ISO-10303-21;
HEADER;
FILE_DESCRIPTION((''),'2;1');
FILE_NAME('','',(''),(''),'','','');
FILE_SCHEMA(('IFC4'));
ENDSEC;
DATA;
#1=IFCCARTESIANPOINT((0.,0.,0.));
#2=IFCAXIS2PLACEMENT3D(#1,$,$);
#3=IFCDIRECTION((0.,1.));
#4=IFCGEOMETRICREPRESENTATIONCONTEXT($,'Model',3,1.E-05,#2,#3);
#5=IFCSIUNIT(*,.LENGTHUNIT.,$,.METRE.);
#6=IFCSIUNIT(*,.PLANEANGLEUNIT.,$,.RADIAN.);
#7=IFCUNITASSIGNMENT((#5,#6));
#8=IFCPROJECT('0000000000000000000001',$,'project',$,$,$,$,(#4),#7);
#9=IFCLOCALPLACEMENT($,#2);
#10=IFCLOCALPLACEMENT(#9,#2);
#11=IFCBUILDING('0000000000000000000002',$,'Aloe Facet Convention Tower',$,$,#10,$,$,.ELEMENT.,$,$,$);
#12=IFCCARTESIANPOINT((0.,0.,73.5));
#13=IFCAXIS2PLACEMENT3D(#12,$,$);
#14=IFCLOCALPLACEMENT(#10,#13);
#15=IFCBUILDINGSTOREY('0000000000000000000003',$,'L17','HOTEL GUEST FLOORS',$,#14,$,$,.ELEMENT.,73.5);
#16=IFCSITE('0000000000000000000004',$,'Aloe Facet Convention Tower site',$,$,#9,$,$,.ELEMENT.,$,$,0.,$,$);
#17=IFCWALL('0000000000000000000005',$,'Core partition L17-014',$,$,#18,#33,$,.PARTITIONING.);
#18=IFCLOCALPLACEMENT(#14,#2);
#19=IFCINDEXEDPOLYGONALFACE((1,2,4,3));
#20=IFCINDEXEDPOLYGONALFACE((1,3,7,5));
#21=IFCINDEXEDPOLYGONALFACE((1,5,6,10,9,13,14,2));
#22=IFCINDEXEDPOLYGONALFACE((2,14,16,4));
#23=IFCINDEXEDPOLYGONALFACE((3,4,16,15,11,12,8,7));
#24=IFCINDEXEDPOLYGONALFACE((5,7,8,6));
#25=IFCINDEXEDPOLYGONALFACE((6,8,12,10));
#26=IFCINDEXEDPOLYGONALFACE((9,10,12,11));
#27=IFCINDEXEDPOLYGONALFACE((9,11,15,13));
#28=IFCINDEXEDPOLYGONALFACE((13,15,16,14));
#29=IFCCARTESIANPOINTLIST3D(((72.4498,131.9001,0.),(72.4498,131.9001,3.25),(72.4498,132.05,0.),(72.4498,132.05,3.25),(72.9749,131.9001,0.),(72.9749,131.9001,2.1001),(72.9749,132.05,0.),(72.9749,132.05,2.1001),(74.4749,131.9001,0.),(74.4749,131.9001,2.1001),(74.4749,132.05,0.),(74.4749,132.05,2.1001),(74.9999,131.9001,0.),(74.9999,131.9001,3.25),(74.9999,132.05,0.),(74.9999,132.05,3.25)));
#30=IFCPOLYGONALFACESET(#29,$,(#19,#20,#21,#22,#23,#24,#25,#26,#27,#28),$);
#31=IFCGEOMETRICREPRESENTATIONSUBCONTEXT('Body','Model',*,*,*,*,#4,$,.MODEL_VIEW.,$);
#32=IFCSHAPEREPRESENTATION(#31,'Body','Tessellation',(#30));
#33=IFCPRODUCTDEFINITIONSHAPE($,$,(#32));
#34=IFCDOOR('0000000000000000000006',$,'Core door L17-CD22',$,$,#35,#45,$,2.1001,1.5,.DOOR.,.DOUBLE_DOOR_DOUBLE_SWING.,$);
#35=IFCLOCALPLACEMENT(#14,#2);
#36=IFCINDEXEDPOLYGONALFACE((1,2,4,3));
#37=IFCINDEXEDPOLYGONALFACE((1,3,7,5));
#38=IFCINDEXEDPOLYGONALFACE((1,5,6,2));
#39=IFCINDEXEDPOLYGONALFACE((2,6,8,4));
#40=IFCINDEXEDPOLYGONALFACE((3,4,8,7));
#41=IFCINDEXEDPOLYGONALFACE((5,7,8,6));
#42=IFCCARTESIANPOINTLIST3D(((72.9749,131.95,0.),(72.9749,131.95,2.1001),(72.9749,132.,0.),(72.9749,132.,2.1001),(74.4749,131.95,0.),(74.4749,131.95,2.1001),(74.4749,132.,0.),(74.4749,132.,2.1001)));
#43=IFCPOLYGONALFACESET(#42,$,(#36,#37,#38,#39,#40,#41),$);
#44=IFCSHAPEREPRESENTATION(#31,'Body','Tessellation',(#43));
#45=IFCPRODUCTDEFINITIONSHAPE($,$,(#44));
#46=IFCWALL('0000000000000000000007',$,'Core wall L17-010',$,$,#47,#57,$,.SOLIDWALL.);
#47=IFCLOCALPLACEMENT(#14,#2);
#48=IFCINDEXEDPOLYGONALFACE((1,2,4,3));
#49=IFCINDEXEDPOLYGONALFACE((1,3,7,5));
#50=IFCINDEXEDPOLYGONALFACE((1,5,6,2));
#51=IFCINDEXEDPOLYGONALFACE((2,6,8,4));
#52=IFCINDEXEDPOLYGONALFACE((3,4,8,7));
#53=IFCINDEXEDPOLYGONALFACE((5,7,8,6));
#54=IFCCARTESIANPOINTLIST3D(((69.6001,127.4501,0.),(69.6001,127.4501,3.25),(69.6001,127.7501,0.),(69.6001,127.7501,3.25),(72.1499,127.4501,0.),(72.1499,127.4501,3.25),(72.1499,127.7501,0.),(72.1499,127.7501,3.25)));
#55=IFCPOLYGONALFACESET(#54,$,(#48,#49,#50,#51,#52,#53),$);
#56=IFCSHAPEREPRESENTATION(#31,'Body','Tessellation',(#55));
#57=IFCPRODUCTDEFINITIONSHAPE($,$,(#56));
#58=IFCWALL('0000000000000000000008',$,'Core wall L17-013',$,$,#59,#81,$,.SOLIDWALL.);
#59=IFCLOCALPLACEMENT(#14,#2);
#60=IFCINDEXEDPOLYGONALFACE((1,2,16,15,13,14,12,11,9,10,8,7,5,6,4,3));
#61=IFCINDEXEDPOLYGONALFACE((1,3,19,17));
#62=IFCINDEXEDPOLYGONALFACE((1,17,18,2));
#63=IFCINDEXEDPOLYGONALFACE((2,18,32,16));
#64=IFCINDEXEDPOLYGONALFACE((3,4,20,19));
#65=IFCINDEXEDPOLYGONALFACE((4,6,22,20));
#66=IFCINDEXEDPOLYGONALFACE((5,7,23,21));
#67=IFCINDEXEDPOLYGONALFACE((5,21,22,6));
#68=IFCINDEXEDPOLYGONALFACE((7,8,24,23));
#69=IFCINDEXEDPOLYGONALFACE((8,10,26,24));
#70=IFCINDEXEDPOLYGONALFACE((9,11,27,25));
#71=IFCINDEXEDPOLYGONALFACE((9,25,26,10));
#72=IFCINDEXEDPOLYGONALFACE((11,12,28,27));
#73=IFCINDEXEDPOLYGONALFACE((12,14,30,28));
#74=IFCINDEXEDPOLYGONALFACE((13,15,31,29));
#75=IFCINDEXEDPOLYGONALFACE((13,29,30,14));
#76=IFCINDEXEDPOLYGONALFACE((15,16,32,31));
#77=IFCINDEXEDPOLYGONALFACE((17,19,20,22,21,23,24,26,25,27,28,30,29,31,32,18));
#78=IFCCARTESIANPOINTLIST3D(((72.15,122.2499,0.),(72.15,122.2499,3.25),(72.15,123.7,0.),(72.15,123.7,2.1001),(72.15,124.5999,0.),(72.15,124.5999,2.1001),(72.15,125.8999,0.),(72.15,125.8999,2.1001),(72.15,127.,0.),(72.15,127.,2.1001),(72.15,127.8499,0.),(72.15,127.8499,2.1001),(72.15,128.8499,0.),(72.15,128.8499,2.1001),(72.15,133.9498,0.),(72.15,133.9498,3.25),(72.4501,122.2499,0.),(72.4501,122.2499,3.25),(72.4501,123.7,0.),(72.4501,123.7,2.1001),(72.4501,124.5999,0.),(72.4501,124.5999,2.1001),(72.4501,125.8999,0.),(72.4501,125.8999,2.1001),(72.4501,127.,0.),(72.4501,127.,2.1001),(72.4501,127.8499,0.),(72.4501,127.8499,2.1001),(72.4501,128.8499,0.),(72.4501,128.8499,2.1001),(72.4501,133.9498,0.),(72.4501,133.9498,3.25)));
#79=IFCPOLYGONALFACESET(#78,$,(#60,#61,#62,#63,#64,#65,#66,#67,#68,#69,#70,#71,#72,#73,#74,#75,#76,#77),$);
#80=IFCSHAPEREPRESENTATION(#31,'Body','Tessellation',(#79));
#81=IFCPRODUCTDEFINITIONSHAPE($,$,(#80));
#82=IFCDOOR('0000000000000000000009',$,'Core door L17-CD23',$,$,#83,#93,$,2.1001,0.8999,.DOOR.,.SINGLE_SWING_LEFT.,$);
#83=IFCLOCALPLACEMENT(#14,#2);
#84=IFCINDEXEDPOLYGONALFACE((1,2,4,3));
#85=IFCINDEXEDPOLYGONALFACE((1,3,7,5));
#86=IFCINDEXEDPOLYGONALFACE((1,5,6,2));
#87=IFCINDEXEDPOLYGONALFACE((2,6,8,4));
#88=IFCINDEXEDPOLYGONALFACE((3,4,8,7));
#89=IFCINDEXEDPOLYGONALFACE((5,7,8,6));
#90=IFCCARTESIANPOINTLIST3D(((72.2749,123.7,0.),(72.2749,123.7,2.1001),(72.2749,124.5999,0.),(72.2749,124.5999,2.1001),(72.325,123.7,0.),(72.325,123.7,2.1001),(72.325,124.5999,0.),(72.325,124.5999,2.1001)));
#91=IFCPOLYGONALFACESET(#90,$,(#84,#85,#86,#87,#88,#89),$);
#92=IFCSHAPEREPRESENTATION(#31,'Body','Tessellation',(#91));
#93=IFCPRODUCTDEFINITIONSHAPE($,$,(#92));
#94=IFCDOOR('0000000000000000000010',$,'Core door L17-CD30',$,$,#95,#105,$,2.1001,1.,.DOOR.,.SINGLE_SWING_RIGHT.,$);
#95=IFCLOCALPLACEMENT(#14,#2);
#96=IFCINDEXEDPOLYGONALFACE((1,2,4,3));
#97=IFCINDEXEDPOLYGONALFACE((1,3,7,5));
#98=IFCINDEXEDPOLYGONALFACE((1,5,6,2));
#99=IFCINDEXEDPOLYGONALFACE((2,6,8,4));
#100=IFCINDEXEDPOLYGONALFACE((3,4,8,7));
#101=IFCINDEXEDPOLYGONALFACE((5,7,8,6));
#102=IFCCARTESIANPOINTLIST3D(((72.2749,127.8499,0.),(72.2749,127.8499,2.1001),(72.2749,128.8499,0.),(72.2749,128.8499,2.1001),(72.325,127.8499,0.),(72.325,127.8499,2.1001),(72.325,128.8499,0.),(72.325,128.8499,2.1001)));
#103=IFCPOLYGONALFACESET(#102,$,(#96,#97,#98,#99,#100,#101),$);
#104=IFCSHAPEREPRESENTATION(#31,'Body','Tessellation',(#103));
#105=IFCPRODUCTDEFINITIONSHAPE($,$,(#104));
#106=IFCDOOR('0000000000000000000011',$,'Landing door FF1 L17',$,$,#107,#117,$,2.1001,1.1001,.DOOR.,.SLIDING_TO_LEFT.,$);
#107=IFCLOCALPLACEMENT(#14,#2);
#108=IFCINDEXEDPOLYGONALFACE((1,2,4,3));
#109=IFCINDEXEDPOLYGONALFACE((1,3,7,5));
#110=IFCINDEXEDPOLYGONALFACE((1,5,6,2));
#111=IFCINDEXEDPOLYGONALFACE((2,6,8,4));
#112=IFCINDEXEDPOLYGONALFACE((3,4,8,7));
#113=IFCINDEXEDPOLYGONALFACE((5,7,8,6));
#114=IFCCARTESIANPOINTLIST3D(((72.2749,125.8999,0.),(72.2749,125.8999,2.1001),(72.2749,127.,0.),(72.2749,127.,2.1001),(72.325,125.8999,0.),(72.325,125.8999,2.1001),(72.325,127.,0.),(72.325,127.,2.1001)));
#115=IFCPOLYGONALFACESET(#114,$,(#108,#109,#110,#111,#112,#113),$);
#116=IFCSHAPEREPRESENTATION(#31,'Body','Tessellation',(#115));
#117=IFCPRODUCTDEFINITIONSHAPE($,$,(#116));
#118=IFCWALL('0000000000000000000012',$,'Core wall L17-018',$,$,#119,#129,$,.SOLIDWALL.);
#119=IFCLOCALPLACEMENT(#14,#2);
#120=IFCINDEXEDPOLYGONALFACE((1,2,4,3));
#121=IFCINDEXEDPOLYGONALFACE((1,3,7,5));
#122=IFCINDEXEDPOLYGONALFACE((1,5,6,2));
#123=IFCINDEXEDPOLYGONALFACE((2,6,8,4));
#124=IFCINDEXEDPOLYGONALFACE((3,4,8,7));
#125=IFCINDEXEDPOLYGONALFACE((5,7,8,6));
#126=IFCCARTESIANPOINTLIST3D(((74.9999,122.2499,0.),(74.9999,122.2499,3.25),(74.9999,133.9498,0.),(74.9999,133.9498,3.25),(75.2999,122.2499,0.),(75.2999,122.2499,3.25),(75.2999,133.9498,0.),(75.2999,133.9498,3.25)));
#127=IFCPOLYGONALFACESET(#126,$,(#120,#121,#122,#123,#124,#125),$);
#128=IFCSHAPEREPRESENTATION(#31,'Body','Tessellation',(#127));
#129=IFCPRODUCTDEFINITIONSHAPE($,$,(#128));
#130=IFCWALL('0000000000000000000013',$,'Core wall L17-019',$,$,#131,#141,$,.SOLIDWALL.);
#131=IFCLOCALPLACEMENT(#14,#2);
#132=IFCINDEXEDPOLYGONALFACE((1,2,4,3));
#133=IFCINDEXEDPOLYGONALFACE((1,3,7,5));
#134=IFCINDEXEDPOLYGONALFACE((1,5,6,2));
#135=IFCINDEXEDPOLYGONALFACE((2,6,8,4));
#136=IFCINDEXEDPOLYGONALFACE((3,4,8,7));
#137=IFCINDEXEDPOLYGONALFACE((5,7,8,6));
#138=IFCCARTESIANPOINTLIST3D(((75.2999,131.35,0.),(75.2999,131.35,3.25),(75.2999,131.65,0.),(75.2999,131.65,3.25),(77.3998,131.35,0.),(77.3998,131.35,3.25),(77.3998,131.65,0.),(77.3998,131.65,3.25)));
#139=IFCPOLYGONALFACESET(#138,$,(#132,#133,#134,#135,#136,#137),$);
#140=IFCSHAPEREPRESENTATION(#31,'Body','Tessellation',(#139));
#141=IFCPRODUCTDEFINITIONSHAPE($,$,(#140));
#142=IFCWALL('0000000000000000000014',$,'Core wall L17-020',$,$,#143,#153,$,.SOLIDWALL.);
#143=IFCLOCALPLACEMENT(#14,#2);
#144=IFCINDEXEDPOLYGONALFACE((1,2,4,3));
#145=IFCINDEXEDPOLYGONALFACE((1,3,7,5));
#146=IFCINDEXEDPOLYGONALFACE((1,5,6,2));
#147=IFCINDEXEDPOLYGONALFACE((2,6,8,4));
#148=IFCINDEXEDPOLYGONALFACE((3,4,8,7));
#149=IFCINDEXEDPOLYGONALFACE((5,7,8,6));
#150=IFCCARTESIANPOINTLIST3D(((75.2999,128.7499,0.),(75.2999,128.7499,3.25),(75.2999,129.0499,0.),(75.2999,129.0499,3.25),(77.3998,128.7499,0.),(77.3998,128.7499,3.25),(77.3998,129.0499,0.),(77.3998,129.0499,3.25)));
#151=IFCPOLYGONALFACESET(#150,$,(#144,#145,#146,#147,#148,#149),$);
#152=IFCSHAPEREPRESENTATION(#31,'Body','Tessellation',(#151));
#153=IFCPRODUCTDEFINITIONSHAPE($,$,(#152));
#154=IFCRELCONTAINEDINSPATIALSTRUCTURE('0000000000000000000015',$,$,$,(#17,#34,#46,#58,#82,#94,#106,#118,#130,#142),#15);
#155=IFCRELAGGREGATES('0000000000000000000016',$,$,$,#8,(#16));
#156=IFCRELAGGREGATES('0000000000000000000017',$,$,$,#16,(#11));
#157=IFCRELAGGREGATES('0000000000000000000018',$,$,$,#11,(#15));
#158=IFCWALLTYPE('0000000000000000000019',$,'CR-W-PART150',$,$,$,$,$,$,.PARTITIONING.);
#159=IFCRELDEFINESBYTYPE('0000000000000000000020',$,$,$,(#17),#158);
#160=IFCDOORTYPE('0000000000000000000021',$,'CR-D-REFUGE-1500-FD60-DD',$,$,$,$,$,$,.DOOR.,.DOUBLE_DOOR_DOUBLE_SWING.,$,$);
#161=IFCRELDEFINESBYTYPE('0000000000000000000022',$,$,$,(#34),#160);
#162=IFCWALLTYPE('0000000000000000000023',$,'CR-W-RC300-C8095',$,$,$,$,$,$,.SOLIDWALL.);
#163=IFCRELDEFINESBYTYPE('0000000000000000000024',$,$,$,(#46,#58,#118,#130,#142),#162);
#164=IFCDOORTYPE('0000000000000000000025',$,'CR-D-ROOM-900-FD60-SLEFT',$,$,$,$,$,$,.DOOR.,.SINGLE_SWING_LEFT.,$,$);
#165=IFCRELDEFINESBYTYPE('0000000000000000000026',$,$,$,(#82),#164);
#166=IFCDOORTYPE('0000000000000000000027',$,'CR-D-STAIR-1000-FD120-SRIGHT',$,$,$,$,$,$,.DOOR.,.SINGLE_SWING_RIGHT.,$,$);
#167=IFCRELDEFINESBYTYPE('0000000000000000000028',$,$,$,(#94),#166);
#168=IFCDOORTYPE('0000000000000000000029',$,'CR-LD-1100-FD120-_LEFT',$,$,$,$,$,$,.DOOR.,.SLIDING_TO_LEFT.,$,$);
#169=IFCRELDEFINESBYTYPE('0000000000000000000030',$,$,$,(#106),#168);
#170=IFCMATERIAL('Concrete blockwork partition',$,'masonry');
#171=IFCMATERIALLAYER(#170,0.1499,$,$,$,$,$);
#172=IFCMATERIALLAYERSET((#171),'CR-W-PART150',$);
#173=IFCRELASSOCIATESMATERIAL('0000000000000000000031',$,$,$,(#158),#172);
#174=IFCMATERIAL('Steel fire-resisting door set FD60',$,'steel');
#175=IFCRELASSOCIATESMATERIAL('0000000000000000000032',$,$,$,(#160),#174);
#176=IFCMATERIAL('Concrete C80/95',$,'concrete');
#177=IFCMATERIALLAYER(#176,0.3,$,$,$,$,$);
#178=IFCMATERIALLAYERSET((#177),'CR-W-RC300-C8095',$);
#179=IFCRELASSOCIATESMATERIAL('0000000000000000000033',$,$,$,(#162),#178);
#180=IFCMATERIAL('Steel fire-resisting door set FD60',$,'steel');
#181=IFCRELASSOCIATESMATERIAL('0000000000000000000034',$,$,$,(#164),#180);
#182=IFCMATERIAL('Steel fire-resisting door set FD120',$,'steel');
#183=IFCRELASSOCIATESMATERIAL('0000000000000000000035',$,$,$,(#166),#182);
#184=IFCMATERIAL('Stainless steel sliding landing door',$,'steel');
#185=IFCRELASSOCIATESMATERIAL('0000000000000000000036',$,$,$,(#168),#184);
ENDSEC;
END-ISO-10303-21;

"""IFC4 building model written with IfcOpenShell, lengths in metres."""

from ifc_helpers import new_model, si_unit, direction, frame, frame_2d, origin, place, context, subcontext, project, spatial, rectangle, extrude, material, layer, layer_set, type_object, element, fill, save


model = new_model("IFC4")

# Units and contexts
model_context = context("Model", 3, precision=1e-05, world=origin(), true_north=direction((0.0, 1.0)))
body_context = subcontext(model_context, "Body", "Model", "MODEL_VIEW")
ifc_project = project(units=[si_unit("LENGTHUNIT", "METRE"), si_unit("PLANEANGLEUNIT", "RADIAN")], contexts=[model_context])

# Site, building, storey
site_placement = place(None, origin())
site = spatial("IfcSite", under=ifc_project, at=site_placement, Name="Aloe Facet Convention Tower site", CompositionType="ELEMENT", RefElevation=0.0)
building_placement = place(site_placement, origin())
building = spatial("IfcBuilding", under=site, at=building_placement, Name="Aloe Facet Convention Tower", CompositionType="ELEMENT")
storey_placement = place(building_placement, frame((0.0, 0.0, 73.5)))
storey = spatial("IfcBuildingStorey", under=building, at=storey_placement, Name="L17", Description="HOTEL GUEST FLOORS", CompositionType="ELEMENT", Elevation=73.5)

# Wall, opening, door
ifc_material_1 = material(Name="Concrete blockwork partition", Category="masonry")
ifc_layer_1 = layer(ifc_material_1, 0.1499)
ifc_layer_set_1 = layer_set([ifc_layer_1], Name="CR-W-PART150")
wall_type_1 = type_object("IfcWallType", Name="CR-W-PART150", PredefinedType="PARTITIONING", material=ifc_layer_set_1)
wall_1_placement = place(storey_placement, frame((72.45, 131.9751, 0.0), z_axis=(0.0, 0.0, 1.0), x_axis=(1.0, 0.0, 0.0)))
wall_1 = element("IfcWall", 1, at=wall_1_placement, inside=storey, type_object=wall_type_1, Name="Core partition L17-014", PredefinedType="PARTITIONING", context=body_context, shape_type="SweptSolid", body=[
    extrude(rectangle(XDim=2.55, YDim=0.1499, at=frame_2d((1.2749, 0.0))), origin(), (0.0, 0.0, 1.0), 3.25),
])
opening_1_placement = place(wall_1_placement, frame((0.5249, 0.0, 0.0)))
opening_1 = element("IfcOpeningElement", 2, at=opening_1_placement, cuts=wall_1, PredefinedType="OPENING", context=body_context, shape_type="SweptSolid", body=[
    extrude(rectangle(XDim=1.5, YDim=2.1001, at=frame_2d((0.75, 1.05))), frame((0.0, 0.085, 0.0), z_axis=(0.0, -1.0, 0.0), x_axis=(1.0, 0.0, 0.0)), (0.0, 0.0, 1.0), 0.1699),
])
ifc_material_2 = material(Name="Steel fire-resisting door set FD60", Category="steel")
door_type_1 = type_object("IfcDoorType", Name="CR-D-REFUGE-1500-FD60-DD", OperationType="DOUBLE_DOOR_DOUBLE_SWING", PredefinedType="DOOR", material=ifc_material_2)
door_1_placement = place(opening_1_placement, origin())
door_1 = element("IfcDoor", 3, at=door_1_placement, inside=storey, type_object=door_type_1, Name="Core door L17-CD22", OperationType="DOUBLE_DOOR_DOUBLE_SWING", OverallHeight=2.1001, OverallWidth=1.5, PredefinedType="DOOR", context=body_context, shape_type="SweptSolid", body=[
    extrude(rectangle(XDim=1.5, YDim=2.1001, at=frame_2d((0.75, 1.05))), frame((0.0, 0.0249, 0.0), z_axis=(0.0, -1.0, 0.0), x_axis=(1.0, 0.0, 0.0)), (0.0, 0.0, 1.0), 0.05),
])
fill(opening_1, door_1)

# Wall
ifc_material_3 = material(Name="Concrete C80/95", Category="concrete")
ifc_layer_2 = layer(ifc_material_3, 0.3)
ifc_layer_set_2 = layer_set([ifc_layer_2], Name="CR-W-RC300-C8095")
wall_type_2 = type_object("IfcWallType", Name="CR-W-RC300-C8095", PredefinedType="SOLIDWALL", material=ifc_layer_set_2)
wall_2_placement = place(storey_placement, frame((69.6001, 127.6001, 0.0), z_axis=(0.0, 0.0, 1.0), x_axis=(1.0, 0.0, 0.0)))
element("IfcWall", 4, at=wall_2_placement, inside=storey, type_object=wall_type_2, Name="Core wall L17-010", PredefinedType="SOLIDWALL", context=body_context, shape_type="SweptSolid", body=[
    extrude(rectangle(XDim=2.5498, YDim=0.3, at=frame_2d((1.2749, 0.0))), origin(), (0.0, 0.0, 1.0), 3.25),
])

# Wall, openings, doors
wall_3_placement = place(storey_placement, frame((72.3, 133.95, 0.0), z_axis=(0.0, 0.0, 1.0), x_axis=(0.0, -1.0, 0.0)))
wall_3 = element("IfcWall", 5, at=wall_3_placement, inside=storey, type_object=wall_type_2, Name="Core wall L17-013", PredefinedType="SOLIDWALL", context=body_context, shape_type="SweptSolid", body=[
    extrude(rectangle(XDim=11.7, YDim=0.3, at=frame_2d((5.8501, 0.0))), origin(), (0.0, 0.0, 1.0), 3.25),
])
opening_2_placement = place(wall_3_placement, frame((6.95, 0.0, 0.0)))
opening_2 = element("IfcOpeningElement", 6, at=opening_2_placement, cuts=wall_3, PredefinedType="OPENING", context=body_context, shape_type="SweptSolid", body=[
    extrude(rectangle(XDim=1.1001, YDim=2.1001, at=frame_2d((0.55, 1.05))), frame((0.0, 0.1602, 0.0), z_axis=(0.0, -1.0, 0.0), x_axis=(1.0, 0.0, 0.0)), (0.0, 0.0, 1.0), 0.3201),
])
opening_3_placement = place(wall_3_placement, frame((9.3501, 0.0, 0.0)))
opening_3 = element("IfcOpeningElement", 7, at=opening_3_placement, cuts=wall_3, PredefinedType="OPENING", context=body_context, shape_type="SweptSolid", body=[
    extrude(rectangle(XDim=0.8999, YDim=2.1001, at=frame_2d((0.45, 1.05))), frame((0.0, 0.1602, 0.0), z_axis=(0.0, -1.0, 0.0), x_axis=(1.0, 0.0, 0.0)), (0.0, 0.0, 1.0), 0.3201),
])
opening_4_placement = place(wall_3_placement, frame((5.1001, 0.0, 0.0)))
opening_4 = element("IfcOpeningElement", 8, at=opening_4_placement, cuts=wall_3, PredefinedType="OPENING", context=body_context, shape_type="SweptSolid", body=[
    extrude(rectangle(XDim=1.0, YDim=2.1001, at=frame_2d((0.5, 1.05))), frame((0.0, 0.1602, 0.0), z_axis=(0.0, -1.0, 0.0), x_axis=(1.0, 0.0, 0.0)), (0.0, 0.0, 1.0), 0.3201),
])
ifc_material_4 = material(Name="Steel fire-resisting door set FD60", Category="steel")
door_type_2 = type_object("IfcDoorType", Name="CR-D-ROOM-900-FD60-SLEFT", OperationType="SINGLE_SWING_LEFT", PredefinedType="DOOR", material=ifc_material_4)
door_2_placement = place(opening_3_placement, origin())
door_2 = element("IfcDoor", 9, at=door_2_placement, inside=storey, type_object=door_type_2, Name="Core door L17-CD23", OperationType="SINGLE_SWING_LEFT", OverallHeight=2.1001, OverallWidth=0.8999, PredefinedType="DOOR", context=body_context, shape_type="SweptSolid", body=[
    extrude(rectangle(XDim=0.8999, YDim=2.1001, at=frame_2d((0.45, 1.05))), frame((0.0, 0.0249, 0.0), z_axis=(0.0, -1.0, 0.0), x_axis=(1.0, 0.0, 0.0)), (0.0, 0.0, 1.0), 0.05),
])
fill(opening_3, door_2)
ifc_material_5 = material(Name="Steel fire-resisting door set FD120", Category="steel")
door_type_3 = type_object("IfcDoorType", Name="CR-D-STAIR-1000-FD120-SRIGHT", OperationType="SINGLE_SWING_RIGHT", PredefinedType="DOOR", material=ifc_material_5)
door_3_placement = place(opening_4_placement, origin())
door_3 = element("IfcDoor", 10, at=door_3_placement, inside=storey, type_object=door_type_3, Name="Core door L17-CD30", OperationType="SINGLE_SWING_RIGHT", OverallHeight=2.1001, OverallWidth=1.0, PredefinedType="DOOR", context=body_context, shape_type="SweptSolid", body=[
    extrude(rectangle(XDim=1.0, YDim=2.1001, at=frame_2d((0.5, 1.05))), frame((0.0, 0.0249, 0.0), z_axis=(0.0, -1.0, 0.0), x_axis=(1.0, 0.0, 0.0)), (0.0, 0.0, 1.0), 0.05),
])
fill(opening_4, door_3)
ifc_material_6 = material(Name="Stainless steel sliding landing door", Category="steel")
door_type_4 = type_object("IfcDoorType", Name="CR-LD-1100-FD120-_LEFT", OperationType="SLIDING_TO_LEFT", PredefinedType="DOOR", material=ifc_material_6)
door_4_placement = place(opening_2_placement, origin())
door_4 = element("IfcDoor", 11, at=door_4_placement, inside=storey, type_object=door_type_4, Name="Landing door FF1 L17", OperationType="SLIDING_TO_LEFT", OverallHeight=2.1001, OverallWidth=1.1001, PredefinedType="DOOR", context=body_context, shape_type="SweptSolid", body=[
    extrude(rectangle(XDim=1.1001, YDim=2.1001, at=frame_2d((0.55, 1.05))), frame((0.0, 0.0249, 0.0), z_axis=(0.0, -1.0, 0.0), x_axis=(1.0, 0.0, 0.0)), (0.0, 0.0, 1.0), 0.05),
])
fill(opening_2, door_4)

# Walls
wall_4_placement = place(storey_placement, frame((75.1499, 133.95, 0.0), z_axis=(0.0, 0.0, 1.0), x_axis=(0.0, -1.0, 0.0)))
element("IfcWall", 12, at=wall_4_placement, inside=storey, type_object=wall_type_2, Name="Core wall L17-018", PredefinedType="SOLIDWALL", context=body_context, shape_type="SweptSolid", body=[
    extrude(rectangle(XDim=11.7, YDim=0.3, at=frame_2d((5.8501, 0.0))), origin(), (0.0, 0.0, 1.0), 3.25),
])
for number, where, z_axis, x_axis, name in (
    (13, (75.3, 131.5, 0.0), (0.0, 0.0, 1.0), (1.0, 0.0, 0.0), "Core wall L17-019"),
    (14, (75.3, 128.8999, 0.0), (0.0, 0.0, 1.0), (1.0, 0.0, 0.0), "Core wall L17-020"),
):
    element("IfcWall", number, at=place(storey_placement, frame(where, z_axis=z_axis, x_axis=x_axis)), inside=storey, type_object=wall_type_2, Name=name, PredefinedType="SOLIDWALL", context=body_context, shape_type="SweptSolid", body=[
        extrude(rectangle(XDim=2.0999, YDim=0.3, at=frame_2d((1.0498, 0.0))), origin(), (0.0, 0.0, 1.0), 3.25),
    ])

save(model, "model.ifc")
